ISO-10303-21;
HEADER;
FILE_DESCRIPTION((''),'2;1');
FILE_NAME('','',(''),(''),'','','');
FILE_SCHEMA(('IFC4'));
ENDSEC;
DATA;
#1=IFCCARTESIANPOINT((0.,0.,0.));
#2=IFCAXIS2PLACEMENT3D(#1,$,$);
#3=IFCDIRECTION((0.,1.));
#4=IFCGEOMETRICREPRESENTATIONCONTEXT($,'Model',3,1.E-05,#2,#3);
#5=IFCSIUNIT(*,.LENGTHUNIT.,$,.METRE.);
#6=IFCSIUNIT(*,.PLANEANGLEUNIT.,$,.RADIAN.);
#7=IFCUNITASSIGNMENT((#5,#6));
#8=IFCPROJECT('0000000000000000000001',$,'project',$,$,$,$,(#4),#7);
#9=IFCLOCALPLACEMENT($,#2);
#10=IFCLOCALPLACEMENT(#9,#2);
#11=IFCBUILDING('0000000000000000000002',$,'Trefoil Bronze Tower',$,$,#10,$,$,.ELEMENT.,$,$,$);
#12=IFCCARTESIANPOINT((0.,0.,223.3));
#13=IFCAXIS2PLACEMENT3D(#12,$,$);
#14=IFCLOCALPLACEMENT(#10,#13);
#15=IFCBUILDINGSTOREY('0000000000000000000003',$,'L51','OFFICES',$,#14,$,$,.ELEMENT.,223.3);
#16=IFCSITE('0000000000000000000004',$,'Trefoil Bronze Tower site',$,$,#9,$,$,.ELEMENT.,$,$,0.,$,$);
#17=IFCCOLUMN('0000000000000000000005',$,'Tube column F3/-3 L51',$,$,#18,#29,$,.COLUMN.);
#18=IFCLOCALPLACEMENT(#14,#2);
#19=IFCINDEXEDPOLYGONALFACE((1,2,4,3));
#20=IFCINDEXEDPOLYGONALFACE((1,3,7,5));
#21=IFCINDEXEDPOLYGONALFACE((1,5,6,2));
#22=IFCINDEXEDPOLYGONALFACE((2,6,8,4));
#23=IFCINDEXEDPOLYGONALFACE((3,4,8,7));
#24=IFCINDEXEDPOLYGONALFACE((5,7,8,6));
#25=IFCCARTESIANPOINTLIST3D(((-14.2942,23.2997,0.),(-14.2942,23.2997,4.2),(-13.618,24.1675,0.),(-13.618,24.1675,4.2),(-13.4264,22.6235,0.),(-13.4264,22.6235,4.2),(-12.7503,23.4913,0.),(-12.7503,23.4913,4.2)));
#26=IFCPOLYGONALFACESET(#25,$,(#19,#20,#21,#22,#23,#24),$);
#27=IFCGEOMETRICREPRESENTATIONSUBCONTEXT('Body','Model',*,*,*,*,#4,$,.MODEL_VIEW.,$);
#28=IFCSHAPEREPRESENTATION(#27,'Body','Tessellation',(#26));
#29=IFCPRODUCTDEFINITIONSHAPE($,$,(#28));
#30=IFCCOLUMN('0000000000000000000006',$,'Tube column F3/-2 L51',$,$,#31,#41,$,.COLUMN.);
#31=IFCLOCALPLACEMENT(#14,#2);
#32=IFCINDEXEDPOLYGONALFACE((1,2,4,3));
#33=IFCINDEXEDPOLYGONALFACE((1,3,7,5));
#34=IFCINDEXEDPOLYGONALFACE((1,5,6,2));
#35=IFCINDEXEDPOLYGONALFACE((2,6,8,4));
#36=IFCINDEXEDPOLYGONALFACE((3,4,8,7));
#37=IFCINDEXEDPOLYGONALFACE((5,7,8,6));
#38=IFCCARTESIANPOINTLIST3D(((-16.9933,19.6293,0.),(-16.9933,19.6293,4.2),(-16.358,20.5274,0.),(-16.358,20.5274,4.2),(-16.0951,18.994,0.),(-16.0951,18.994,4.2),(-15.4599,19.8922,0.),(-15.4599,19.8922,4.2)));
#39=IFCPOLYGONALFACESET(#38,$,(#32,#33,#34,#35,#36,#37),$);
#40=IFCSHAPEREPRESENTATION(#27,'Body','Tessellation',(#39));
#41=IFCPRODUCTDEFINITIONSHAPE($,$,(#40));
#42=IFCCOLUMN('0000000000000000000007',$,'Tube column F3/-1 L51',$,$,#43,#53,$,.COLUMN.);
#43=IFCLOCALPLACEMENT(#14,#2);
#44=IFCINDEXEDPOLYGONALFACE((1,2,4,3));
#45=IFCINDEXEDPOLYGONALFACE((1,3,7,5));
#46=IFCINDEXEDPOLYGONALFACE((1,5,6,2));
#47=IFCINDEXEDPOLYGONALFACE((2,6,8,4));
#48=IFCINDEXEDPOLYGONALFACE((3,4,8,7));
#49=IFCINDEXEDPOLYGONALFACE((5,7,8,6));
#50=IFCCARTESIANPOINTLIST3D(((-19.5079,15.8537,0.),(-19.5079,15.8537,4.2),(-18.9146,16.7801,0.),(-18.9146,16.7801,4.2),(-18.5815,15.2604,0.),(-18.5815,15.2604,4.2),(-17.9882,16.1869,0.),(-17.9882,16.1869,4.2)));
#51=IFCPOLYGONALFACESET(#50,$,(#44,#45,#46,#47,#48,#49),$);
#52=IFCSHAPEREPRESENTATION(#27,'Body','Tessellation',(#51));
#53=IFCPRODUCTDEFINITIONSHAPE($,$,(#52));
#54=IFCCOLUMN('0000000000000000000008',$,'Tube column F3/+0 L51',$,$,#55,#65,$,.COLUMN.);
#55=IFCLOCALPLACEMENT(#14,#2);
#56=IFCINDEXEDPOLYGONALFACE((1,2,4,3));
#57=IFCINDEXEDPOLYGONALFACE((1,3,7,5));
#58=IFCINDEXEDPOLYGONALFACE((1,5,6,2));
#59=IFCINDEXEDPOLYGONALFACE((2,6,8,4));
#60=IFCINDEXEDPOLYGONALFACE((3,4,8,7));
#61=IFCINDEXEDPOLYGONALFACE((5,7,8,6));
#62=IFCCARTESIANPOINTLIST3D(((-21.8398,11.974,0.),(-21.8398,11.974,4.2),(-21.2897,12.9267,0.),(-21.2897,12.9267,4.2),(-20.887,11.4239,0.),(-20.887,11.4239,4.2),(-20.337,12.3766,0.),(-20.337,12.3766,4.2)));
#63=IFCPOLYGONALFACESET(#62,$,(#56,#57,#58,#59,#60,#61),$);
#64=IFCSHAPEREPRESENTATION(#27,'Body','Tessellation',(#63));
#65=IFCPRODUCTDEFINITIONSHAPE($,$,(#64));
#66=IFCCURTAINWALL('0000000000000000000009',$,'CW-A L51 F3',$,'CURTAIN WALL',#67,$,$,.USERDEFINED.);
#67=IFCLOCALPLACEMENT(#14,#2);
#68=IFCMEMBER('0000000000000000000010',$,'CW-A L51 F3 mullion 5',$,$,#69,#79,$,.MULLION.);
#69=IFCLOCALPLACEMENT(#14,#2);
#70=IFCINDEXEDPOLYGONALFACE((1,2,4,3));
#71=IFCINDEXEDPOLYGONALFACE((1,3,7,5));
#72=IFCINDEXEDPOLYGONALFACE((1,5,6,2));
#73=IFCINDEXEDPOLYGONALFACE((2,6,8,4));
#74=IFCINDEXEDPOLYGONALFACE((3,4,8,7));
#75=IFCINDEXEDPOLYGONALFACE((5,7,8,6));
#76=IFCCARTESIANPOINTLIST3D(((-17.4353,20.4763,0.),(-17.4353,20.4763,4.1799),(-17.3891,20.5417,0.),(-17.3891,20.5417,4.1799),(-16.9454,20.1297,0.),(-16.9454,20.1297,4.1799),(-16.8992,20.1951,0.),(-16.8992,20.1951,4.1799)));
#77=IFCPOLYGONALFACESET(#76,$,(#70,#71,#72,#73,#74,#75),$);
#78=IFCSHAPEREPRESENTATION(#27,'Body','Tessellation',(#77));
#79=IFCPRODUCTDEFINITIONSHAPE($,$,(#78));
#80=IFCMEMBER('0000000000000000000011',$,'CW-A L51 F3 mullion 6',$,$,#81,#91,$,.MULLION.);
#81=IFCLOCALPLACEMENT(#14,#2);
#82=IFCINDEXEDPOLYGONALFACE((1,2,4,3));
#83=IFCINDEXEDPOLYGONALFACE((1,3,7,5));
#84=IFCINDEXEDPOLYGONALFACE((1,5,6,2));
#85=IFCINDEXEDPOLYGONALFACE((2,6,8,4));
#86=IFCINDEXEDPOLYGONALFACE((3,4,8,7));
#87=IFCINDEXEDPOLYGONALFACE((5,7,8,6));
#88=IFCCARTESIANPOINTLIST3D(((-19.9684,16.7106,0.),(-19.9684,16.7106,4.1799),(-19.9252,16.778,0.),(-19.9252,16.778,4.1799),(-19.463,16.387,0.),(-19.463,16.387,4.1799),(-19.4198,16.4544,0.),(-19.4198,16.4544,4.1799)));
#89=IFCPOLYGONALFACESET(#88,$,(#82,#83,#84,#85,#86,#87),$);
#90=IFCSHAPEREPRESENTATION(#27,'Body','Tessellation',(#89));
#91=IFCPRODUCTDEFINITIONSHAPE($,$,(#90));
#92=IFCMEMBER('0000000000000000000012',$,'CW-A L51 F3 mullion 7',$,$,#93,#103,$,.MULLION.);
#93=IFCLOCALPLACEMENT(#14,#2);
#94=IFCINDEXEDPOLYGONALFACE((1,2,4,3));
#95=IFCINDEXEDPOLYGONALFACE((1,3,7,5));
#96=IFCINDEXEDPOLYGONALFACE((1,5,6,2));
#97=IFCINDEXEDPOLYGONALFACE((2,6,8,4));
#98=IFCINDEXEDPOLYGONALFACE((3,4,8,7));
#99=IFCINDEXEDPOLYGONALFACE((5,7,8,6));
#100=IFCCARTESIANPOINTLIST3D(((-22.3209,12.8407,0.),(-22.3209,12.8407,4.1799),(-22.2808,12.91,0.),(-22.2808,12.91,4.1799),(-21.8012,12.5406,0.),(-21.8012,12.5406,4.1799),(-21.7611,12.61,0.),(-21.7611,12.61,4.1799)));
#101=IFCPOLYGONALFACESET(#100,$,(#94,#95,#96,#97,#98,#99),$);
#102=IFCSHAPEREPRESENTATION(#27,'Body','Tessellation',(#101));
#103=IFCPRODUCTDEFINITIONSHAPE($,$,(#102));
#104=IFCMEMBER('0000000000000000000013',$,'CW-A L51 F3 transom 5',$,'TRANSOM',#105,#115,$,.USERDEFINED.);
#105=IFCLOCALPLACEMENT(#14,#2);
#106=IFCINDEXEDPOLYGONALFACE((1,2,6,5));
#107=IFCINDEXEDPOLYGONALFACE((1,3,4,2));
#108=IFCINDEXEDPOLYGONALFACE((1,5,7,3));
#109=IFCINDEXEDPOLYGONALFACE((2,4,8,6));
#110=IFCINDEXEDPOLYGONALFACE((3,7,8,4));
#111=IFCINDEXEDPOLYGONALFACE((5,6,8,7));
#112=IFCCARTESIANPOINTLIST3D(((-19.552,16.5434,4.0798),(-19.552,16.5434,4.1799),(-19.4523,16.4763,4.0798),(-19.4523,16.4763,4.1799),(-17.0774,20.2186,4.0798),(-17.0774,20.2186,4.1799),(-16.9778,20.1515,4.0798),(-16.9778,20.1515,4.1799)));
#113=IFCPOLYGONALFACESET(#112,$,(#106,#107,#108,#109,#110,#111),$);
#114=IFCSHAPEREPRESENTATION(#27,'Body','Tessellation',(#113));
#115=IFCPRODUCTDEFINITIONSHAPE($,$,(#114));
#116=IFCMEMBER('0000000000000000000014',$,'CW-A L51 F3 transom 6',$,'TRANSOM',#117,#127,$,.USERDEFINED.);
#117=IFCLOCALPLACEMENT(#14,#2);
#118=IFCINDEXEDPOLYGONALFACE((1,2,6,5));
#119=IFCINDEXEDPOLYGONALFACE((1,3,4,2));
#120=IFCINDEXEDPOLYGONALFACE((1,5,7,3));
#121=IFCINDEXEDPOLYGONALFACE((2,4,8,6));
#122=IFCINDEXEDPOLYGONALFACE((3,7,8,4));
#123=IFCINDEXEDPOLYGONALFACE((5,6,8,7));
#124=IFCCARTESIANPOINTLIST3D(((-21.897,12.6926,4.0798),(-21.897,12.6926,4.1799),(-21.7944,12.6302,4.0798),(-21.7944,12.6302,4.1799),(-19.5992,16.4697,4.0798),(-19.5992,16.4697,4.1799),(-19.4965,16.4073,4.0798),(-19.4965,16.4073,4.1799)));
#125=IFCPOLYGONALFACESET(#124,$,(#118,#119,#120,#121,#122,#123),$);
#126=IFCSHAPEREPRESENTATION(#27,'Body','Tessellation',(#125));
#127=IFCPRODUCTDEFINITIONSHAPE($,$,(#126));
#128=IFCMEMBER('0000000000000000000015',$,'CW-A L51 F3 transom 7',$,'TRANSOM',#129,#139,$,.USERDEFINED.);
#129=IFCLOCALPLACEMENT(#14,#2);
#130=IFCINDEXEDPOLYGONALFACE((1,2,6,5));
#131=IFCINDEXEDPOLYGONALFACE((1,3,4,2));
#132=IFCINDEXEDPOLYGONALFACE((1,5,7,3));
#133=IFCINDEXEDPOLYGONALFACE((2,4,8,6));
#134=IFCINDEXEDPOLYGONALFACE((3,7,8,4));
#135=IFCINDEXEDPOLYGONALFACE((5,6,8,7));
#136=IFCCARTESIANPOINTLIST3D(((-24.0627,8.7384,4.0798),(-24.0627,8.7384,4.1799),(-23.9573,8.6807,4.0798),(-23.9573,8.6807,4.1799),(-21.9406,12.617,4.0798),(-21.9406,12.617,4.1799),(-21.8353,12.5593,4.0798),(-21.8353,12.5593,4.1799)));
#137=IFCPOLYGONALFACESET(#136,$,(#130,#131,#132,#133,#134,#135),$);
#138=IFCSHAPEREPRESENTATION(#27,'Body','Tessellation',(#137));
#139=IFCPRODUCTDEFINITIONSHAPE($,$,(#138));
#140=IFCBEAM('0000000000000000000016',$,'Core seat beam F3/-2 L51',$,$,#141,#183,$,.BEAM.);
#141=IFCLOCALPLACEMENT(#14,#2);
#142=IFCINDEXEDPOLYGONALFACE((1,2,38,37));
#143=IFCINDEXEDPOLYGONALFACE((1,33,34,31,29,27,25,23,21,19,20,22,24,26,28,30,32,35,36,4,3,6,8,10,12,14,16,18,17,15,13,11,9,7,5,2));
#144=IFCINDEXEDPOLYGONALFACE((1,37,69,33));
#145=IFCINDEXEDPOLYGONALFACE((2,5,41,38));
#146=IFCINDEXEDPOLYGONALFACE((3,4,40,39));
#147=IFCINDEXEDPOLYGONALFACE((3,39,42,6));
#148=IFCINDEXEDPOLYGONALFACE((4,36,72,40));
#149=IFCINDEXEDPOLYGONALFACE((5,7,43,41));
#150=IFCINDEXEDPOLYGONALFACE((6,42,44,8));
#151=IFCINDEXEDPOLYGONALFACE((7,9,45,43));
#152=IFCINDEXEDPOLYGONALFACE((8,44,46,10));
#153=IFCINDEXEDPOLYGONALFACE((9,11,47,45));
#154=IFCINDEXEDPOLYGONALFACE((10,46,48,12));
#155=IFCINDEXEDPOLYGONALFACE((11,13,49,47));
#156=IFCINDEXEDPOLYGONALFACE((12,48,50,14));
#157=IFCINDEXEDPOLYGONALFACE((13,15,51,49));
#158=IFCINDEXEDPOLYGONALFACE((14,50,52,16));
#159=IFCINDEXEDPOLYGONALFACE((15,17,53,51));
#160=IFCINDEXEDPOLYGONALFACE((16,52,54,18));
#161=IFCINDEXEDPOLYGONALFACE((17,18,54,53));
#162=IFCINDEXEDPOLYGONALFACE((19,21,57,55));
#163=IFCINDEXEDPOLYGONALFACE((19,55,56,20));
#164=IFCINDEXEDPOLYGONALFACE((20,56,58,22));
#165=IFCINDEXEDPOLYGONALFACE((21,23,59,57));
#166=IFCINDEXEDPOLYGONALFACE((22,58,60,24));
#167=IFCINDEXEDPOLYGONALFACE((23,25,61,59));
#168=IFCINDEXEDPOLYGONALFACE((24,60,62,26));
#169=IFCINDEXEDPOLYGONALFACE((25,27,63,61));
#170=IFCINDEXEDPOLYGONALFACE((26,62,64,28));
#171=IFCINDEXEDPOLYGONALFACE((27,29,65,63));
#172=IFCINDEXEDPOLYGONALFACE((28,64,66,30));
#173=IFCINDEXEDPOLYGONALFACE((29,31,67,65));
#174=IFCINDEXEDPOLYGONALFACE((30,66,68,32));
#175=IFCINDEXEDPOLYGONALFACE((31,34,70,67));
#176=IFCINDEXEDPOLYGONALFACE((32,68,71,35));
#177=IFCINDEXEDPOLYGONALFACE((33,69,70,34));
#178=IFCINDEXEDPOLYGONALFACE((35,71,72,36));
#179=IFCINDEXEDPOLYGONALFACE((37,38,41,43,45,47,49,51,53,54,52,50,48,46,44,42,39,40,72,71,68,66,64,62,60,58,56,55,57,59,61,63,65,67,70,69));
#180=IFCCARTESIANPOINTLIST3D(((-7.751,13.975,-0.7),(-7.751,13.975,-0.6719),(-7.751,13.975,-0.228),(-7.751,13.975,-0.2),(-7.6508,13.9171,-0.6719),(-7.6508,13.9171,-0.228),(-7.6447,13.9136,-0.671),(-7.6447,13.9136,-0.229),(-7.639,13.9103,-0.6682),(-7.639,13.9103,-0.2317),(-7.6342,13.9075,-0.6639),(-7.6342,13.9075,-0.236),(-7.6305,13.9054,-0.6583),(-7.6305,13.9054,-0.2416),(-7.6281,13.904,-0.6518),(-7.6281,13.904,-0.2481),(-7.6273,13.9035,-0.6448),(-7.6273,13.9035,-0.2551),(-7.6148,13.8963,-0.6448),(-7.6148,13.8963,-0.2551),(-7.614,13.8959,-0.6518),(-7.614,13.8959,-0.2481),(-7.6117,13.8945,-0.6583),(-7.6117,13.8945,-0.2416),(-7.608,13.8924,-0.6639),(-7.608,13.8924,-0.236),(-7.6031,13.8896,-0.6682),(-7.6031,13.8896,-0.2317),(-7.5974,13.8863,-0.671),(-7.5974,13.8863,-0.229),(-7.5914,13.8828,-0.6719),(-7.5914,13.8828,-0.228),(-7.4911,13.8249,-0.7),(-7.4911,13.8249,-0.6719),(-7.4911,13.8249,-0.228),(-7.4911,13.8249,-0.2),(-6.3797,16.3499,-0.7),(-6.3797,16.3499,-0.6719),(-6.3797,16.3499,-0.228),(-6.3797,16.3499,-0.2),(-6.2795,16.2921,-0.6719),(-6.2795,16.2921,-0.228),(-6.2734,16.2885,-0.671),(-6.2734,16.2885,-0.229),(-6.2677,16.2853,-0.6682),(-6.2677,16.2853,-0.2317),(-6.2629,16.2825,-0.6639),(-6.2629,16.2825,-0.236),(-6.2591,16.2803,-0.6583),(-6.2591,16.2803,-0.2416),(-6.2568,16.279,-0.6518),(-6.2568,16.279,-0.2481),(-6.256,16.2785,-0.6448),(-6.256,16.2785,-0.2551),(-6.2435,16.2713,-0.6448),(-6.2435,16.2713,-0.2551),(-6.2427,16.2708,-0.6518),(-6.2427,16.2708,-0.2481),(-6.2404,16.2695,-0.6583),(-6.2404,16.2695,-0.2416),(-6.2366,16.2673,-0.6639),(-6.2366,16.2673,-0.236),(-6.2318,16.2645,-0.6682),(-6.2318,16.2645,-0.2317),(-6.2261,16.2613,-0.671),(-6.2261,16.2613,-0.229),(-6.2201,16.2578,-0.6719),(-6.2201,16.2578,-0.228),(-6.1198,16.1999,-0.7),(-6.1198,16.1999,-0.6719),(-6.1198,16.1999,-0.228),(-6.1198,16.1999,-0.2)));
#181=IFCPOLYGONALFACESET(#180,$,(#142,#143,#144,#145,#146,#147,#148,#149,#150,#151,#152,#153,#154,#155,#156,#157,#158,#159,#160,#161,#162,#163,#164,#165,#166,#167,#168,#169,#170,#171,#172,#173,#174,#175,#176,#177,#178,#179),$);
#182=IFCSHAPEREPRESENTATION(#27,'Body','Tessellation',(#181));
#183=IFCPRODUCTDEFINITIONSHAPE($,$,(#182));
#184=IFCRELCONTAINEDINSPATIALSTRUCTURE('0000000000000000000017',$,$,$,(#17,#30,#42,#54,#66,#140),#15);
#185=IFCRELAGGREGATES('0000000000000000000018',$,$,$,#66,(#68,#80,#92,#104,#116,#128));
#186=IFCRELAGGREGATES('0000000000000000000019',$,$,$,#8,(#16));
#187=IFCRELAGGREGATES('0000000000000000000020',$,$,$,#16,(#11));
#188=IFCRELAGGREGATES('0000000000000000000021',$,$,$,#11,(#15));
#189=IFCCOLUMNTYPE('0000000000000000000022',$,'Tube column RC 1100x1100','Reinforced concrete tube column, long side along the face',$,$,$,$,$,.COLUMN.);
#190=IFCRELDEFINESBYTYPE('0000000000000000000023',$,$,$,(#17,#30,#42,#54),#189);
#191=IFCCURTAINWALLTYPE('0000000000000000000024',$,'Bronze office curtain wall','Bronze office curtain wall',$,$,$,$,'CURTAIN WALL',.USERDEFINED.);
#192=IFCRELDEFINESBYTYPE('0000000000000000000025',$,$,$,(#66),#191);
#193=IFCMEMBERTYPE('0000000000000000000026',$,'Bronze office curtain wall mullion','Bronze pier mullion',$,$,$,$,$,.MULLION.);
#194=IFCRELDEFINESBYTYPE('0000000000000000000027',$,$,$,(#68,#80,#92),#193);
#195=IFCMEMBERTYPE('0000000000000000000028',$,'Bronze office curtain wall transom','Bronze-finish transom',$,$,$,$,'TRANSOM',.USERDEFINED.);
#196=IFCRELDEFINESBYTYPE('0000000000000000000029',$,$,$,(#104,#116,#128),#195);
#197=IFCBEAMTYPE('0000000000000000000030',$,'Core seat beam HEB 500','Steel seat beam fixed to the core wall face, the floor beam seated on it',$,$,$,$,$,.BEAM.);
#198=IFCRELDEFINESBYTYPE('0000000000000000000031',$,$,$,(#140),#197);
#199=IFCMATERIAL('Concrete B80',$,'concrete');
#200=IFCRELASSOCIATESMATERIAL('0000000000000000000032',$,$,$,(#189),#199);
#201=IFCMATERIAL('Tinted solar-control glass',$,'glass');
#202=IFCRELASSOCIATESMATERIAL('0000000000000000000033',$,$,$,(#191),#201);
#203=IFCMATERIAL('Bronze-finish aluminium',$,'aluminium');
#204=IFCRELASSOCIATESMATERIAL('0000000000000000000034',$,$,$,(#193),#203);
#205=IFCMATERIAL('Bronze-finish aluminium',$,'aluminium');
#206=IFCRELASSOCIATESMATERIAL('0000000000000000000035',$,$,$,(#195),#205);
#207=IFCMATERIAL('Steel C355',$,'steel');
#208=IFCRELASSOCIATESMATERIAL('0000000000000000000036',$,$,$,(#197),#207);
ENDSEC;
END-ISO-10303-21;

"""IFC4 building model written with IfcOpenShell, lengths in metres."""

from ifc_helpers import new_model, si_unit, direction, frame, origin, origin_2d, place, context, subcontext, project, spatial, rectangle, i_section, extrude, material, material_profile, profile_set, type_object, element, aggregate, save


model = new_model("IFC4")

# Units and contexts
model_context = context("Model", 3, precision=1e-05, world=origin(), true_north=direction((0.0, 1.0)))
body_context = subcontext(model_context, "Body", "Model", "MODEL_VIEW")
ifc_project = project(units=[si_unit("LENGTHUNIT", "METRE"), si_unit("PLANEANGLEUNIT", "RADIAN")], contexts=[model_context])

# Site, building, storey
site_placement = place(None, origin())
site = spatial("IfcSite", under=ifc_project, at=site_placement, Name="Trefoil Bronze Tower site", CompositionType="ELEMENT", RefElevation=0.0)
building_placement = place(site_placement, origin())
building = spatial("IfcBuilding", under=site, at=building_placement, Name="Trefoil Bronze Tower", CompositionType="ELEMENT")
storey_placement = place(building_placement, frame((0.0, 0.0, 223.3)))
storey = spatial("IfcBuildingStorey", under=building, at=storey_placement, Name="L51", Description="OFFICES", CompositionType="ELEMENT", Elevation=223.3)

# Columns
ifc_material_1 = material(Name="Concrete B80", Category="concrete")
ifc_material_profile_1 = material_profile(ifc_material_1, rectangle(XDim=1.1001, YDim=1.1001, at=origin_2d()), Name="RC 1100x1100")
ifc_profile_set_1 = profile_set([ifc_material_profile_1], Name="Concrete B80")
column_type = type_object("IfcColumnType", Name="Tube column RC 1100x1100", Description="Reinforced concrete tube column, long side along the face", PredefinedType="COLUMN", material=ifc_profile_set_1)
for number, where, z_axis, x_axis, name in (
    (1, (-13.5222, 23.3955, 0.0), (0.0, 0.0, 1.0), (-0.614622, -0.788821, 0.0), "Tube column F3/-3 L51"),
    (2, (-16.2266, 19.7607, 0.0), (0.0, 0.0, 1.0), (-0.577481, -0.816404, 0.0), "Tube column F3/-2 L51"),
    (3, (-18.748, 16.0203, 0.0), (0.0, 0.0, 1.0), (-0.53927, -0.842133, 0.0), "Tube column F3/-1 L51"),
    (4, (-21.0884, 12.1753, 0.0), (0.0, 0.0, 1.0), (-0.5, -0.866025, 0.0), "Tube column F3/+0 L51"),
):
    element("IfcColumn", number, at=place(storey_placement, frame(where, z_axis=z_axis, x_axis=x_axis)), inside=storey, type_object=column_type, Name=name, PredefinedType="COLUMN", context=body_context, shape_type="SweptSolid", body=[
        extrude(rectangle(XDim=1.1001, YDim=1.1001, at=origin_2d()), origin(), (0.0, 0.0, 1.0), 4.2),
    ])

# Curtain wall, members
ifc_material_2 = material(Name="Tinted solar-control glass", Category="glass")
curtain_wall_type = type_object("IfcCurtainWallType", Name="Bronze office curtain wall", Description="Bronze office curtain wall", ElementType="CURTAIN WALL", PredefinedType="USERDEFINED", material=ifc_material_2)
curtain_wall_placement = place(storey_placement, origin())
curtain_wall = element("IfcCurtainWall", 5, at=curtain_wall_placement, inside=storey, type_object=curtain_wall_type, Name="CW-A L51 F3", ObjectType="CURTAIN WALL", PredefinedType="USERDEFINED")
ifc_material_3 = material(Name="Bronze-finish aluminium", Category="aluminium")
ifc_material_profile_2 = material_profile(ifc_material_3, rectangle(XDim=0.6001, YDim=0.0801, at=origin_2d()), Name="CW-A mullion")
ifc_profile_set_2 = profile_set([ifc_material_profile_2], Name="Bronze-finish aluminium")
member_type_1 = type_object("IfcMemberType", Name="Bronze office curtain wall mullion", Description="Bronze pier mullion", PredefinedType="MULLION", material=ifc_profile_set_2)
member_1_placement = place(storey_placement, frame((-17.1672, 20.3357, 0.0), z_axis=(0.0, 0.0, 1.0), x_axis=(0.816404, -0.577481, 0.0)))
member_1 = element("IfcMember", 6, at=member_1_placement, type_object=member_type_1, Name="CW-A L51 F3 mullion 5", PredefinedType="MULLION", context=body_context, shape_type="SweptSolid", body=[
    extrude(rectangle(XDim=0.6001, YDim=0.0801, at=origin_2d()), origin(), (0.0, 0.0, 1.0), 4.1799),
])
member_2_placement = place(storey_placement, frame((-19.6941, 16.5825, 0.0), z_axis=(0.0, 0.0, 1.0), x_axis=(0.842133, -0.53927, 0.0)))
member_2 = element("IfcMember", 7, at=member_2_placement, type_object=member_type_1, Name="CW-A L51 F3 mullion 6", PredefinedType="MULLION", context=body_context, shape_type="SweptSolid", body=[
    extrude(rectangle(XDim=0.6001, YDim=0.0801, at=origin_2d()), origin(), (0.0, 0.0, 1.0), 4.1799),
])
member_3_placement = place(storey_placement, frame((-22.041, 12.7253, 0.0), z_axis=(0.0, 0.0, 1.0), x_axis=(0.866025, -0.5, 0.0)))
member_3 = element("IfcMember", 8, at=member_3_placement, type_object=member_type_1, Name="CW-A L51 F3 mullion 7", PredefinedType="MULLION", context=body_context, shape_type="SweptSolid", body=[
    extrude(rectangle(XDim=0.6001, YDim=0.0801, at=origin_2d()), origin(), (0.0, 0.0, 1.0), 4.1799),
])
ifc_material_4 = material(Name="Bronze-finish aluminium", Category="aluminium")
ifc_material_profile_3 = material_profile(ifc_material_4, rectangle(XDim=0.1201, YDim=0.1001, at=origin_2d()), Name="CW-A transom")
ifc_profile_set_3 = profile_set([ifc_material_profile_3], Name="Bronze-finish aluminium")
member_type_2 = type_object("IfcMemberType", Name="Bronze office curtain wall transom", Description="Bronze-finish transom", ElementType="TRANSOM", PredefinedType="USERDEFINED", material=ifc_profile_set_3)
member_4_placement = place(storey_placement, frame((-17.0276, 20.1851, 4.1299), z_axis=(-0.558509, -0.829498, 0.0), x_axis=(0.829498, -0.558509, 0.0)))
member_4 = element("IfcMember", 9, at=member_4_placement, type_object=member_type_2, Name="CW-A L51 F3 transom 5", ObjectType="TRANSOM", PredefinedType="USERDEFINED", context=body_context, shape_type="SweptSolid", body=[
    extrude(rectangle(XDim=0.1201, YDim=0.1001, at=origin_2d()), origin(), (0.0, 0.0, 1.0), 4.4307),
])
member_5_placement = place(storey_placement, frame((-19.5479, 16.4385, 4.1299), z_axis=(-0.51974, -0.854324, 0.0), x_axis=(0.854324, -0.51974, 0.0)))
member_5 = element("IfcMember", 10, at=member_5_placement, type_object=member_type_2, Name="CW-A L51 F3 transom 6", ObjectType="TRANSOM", PredefinedType="USERDEFINED", context=body_context, shape_type="SweptSolid", body=[
    extrude(rectangle(XDim=0.1201, YDim=0.1001, at=origin_2d()), origin(), (0.0, 0.0, 1.0), 4.4211),
])
member_6_placement = place(storey_placement, frame((-21.8879, 12.5881, 4.1299), z_axis=(-0.479974, -0.877283, 0.0), x_axis=(0.877283, -0.479974, 0.0)))
member_6 = element("IfcMember", 11, at=member_6_placement, type_object=member_type_2, Name="CW-A L51 F3 transom 7", ObjectType="TRANSOM", PredefinedType="USERDEFINED", context=body_context, shape_type="SweptSolid", body=[
    extrude(rectangle(XDim=0.1201, YDim=0.1001, at=origin_2d()), origin(), (0.0, 0.0, 1.0), 4.4211),
])

# Beam
ifc_material_5 = material(Name="Steel C355", Category="steel")
ifc_material_profile_4 = material_profile(ifc_material_5, i_section(OverallWidth=0.3, OverallDepth=0.5, WebThickness=0.0144, FlangeThickness=0.0281, FilletRadius=0.0271, at=origin_2d()), Name="HEB 500")
ifc_profile_set_4 = profile_set([ifc_material_profile_4], Name="Steel C355")
beam_type_1 = type_object("IfcBeamType", Name="Core seat beam HEB 500", Description="Steel seat beam fixed to the core wall face, the floor beam seated on it", PredefinedType="BEAM", material=ifc_profile_set_4)
for number, where, z_axis, x_axis, name in (
    (12, (-6.2498, 16.2749, -0.45), (-0.500036, -0.866005, 0.0), (0.866005, -0.500036, 0.0), "Core seat beam F3/-2 L51"),
):
    element("IfcBeam", number, at=place(storey_placement, frame(where, z_axis=z_axis, x_axis=x_axis)), inside=storey, type_object=beam_type_1, Name=name, PredefinedType="BEAM", context=body_context, shape_type="SweptSolid", body=[
        extrude(i_section(OverallWidth=0.3, OverallDepth=0.5, WebThickness=0.0144, FlangeThickness=0.0281, FilletRadius=0.0271, at=origin_2d()), origin(), (0.0, 0.0, 1.0), 2.7424),
    ])

aggregate(curtain_wall, [member_1, member_2, member_3, member_4, member_5, member_6])

save(model, "model.ifc")
